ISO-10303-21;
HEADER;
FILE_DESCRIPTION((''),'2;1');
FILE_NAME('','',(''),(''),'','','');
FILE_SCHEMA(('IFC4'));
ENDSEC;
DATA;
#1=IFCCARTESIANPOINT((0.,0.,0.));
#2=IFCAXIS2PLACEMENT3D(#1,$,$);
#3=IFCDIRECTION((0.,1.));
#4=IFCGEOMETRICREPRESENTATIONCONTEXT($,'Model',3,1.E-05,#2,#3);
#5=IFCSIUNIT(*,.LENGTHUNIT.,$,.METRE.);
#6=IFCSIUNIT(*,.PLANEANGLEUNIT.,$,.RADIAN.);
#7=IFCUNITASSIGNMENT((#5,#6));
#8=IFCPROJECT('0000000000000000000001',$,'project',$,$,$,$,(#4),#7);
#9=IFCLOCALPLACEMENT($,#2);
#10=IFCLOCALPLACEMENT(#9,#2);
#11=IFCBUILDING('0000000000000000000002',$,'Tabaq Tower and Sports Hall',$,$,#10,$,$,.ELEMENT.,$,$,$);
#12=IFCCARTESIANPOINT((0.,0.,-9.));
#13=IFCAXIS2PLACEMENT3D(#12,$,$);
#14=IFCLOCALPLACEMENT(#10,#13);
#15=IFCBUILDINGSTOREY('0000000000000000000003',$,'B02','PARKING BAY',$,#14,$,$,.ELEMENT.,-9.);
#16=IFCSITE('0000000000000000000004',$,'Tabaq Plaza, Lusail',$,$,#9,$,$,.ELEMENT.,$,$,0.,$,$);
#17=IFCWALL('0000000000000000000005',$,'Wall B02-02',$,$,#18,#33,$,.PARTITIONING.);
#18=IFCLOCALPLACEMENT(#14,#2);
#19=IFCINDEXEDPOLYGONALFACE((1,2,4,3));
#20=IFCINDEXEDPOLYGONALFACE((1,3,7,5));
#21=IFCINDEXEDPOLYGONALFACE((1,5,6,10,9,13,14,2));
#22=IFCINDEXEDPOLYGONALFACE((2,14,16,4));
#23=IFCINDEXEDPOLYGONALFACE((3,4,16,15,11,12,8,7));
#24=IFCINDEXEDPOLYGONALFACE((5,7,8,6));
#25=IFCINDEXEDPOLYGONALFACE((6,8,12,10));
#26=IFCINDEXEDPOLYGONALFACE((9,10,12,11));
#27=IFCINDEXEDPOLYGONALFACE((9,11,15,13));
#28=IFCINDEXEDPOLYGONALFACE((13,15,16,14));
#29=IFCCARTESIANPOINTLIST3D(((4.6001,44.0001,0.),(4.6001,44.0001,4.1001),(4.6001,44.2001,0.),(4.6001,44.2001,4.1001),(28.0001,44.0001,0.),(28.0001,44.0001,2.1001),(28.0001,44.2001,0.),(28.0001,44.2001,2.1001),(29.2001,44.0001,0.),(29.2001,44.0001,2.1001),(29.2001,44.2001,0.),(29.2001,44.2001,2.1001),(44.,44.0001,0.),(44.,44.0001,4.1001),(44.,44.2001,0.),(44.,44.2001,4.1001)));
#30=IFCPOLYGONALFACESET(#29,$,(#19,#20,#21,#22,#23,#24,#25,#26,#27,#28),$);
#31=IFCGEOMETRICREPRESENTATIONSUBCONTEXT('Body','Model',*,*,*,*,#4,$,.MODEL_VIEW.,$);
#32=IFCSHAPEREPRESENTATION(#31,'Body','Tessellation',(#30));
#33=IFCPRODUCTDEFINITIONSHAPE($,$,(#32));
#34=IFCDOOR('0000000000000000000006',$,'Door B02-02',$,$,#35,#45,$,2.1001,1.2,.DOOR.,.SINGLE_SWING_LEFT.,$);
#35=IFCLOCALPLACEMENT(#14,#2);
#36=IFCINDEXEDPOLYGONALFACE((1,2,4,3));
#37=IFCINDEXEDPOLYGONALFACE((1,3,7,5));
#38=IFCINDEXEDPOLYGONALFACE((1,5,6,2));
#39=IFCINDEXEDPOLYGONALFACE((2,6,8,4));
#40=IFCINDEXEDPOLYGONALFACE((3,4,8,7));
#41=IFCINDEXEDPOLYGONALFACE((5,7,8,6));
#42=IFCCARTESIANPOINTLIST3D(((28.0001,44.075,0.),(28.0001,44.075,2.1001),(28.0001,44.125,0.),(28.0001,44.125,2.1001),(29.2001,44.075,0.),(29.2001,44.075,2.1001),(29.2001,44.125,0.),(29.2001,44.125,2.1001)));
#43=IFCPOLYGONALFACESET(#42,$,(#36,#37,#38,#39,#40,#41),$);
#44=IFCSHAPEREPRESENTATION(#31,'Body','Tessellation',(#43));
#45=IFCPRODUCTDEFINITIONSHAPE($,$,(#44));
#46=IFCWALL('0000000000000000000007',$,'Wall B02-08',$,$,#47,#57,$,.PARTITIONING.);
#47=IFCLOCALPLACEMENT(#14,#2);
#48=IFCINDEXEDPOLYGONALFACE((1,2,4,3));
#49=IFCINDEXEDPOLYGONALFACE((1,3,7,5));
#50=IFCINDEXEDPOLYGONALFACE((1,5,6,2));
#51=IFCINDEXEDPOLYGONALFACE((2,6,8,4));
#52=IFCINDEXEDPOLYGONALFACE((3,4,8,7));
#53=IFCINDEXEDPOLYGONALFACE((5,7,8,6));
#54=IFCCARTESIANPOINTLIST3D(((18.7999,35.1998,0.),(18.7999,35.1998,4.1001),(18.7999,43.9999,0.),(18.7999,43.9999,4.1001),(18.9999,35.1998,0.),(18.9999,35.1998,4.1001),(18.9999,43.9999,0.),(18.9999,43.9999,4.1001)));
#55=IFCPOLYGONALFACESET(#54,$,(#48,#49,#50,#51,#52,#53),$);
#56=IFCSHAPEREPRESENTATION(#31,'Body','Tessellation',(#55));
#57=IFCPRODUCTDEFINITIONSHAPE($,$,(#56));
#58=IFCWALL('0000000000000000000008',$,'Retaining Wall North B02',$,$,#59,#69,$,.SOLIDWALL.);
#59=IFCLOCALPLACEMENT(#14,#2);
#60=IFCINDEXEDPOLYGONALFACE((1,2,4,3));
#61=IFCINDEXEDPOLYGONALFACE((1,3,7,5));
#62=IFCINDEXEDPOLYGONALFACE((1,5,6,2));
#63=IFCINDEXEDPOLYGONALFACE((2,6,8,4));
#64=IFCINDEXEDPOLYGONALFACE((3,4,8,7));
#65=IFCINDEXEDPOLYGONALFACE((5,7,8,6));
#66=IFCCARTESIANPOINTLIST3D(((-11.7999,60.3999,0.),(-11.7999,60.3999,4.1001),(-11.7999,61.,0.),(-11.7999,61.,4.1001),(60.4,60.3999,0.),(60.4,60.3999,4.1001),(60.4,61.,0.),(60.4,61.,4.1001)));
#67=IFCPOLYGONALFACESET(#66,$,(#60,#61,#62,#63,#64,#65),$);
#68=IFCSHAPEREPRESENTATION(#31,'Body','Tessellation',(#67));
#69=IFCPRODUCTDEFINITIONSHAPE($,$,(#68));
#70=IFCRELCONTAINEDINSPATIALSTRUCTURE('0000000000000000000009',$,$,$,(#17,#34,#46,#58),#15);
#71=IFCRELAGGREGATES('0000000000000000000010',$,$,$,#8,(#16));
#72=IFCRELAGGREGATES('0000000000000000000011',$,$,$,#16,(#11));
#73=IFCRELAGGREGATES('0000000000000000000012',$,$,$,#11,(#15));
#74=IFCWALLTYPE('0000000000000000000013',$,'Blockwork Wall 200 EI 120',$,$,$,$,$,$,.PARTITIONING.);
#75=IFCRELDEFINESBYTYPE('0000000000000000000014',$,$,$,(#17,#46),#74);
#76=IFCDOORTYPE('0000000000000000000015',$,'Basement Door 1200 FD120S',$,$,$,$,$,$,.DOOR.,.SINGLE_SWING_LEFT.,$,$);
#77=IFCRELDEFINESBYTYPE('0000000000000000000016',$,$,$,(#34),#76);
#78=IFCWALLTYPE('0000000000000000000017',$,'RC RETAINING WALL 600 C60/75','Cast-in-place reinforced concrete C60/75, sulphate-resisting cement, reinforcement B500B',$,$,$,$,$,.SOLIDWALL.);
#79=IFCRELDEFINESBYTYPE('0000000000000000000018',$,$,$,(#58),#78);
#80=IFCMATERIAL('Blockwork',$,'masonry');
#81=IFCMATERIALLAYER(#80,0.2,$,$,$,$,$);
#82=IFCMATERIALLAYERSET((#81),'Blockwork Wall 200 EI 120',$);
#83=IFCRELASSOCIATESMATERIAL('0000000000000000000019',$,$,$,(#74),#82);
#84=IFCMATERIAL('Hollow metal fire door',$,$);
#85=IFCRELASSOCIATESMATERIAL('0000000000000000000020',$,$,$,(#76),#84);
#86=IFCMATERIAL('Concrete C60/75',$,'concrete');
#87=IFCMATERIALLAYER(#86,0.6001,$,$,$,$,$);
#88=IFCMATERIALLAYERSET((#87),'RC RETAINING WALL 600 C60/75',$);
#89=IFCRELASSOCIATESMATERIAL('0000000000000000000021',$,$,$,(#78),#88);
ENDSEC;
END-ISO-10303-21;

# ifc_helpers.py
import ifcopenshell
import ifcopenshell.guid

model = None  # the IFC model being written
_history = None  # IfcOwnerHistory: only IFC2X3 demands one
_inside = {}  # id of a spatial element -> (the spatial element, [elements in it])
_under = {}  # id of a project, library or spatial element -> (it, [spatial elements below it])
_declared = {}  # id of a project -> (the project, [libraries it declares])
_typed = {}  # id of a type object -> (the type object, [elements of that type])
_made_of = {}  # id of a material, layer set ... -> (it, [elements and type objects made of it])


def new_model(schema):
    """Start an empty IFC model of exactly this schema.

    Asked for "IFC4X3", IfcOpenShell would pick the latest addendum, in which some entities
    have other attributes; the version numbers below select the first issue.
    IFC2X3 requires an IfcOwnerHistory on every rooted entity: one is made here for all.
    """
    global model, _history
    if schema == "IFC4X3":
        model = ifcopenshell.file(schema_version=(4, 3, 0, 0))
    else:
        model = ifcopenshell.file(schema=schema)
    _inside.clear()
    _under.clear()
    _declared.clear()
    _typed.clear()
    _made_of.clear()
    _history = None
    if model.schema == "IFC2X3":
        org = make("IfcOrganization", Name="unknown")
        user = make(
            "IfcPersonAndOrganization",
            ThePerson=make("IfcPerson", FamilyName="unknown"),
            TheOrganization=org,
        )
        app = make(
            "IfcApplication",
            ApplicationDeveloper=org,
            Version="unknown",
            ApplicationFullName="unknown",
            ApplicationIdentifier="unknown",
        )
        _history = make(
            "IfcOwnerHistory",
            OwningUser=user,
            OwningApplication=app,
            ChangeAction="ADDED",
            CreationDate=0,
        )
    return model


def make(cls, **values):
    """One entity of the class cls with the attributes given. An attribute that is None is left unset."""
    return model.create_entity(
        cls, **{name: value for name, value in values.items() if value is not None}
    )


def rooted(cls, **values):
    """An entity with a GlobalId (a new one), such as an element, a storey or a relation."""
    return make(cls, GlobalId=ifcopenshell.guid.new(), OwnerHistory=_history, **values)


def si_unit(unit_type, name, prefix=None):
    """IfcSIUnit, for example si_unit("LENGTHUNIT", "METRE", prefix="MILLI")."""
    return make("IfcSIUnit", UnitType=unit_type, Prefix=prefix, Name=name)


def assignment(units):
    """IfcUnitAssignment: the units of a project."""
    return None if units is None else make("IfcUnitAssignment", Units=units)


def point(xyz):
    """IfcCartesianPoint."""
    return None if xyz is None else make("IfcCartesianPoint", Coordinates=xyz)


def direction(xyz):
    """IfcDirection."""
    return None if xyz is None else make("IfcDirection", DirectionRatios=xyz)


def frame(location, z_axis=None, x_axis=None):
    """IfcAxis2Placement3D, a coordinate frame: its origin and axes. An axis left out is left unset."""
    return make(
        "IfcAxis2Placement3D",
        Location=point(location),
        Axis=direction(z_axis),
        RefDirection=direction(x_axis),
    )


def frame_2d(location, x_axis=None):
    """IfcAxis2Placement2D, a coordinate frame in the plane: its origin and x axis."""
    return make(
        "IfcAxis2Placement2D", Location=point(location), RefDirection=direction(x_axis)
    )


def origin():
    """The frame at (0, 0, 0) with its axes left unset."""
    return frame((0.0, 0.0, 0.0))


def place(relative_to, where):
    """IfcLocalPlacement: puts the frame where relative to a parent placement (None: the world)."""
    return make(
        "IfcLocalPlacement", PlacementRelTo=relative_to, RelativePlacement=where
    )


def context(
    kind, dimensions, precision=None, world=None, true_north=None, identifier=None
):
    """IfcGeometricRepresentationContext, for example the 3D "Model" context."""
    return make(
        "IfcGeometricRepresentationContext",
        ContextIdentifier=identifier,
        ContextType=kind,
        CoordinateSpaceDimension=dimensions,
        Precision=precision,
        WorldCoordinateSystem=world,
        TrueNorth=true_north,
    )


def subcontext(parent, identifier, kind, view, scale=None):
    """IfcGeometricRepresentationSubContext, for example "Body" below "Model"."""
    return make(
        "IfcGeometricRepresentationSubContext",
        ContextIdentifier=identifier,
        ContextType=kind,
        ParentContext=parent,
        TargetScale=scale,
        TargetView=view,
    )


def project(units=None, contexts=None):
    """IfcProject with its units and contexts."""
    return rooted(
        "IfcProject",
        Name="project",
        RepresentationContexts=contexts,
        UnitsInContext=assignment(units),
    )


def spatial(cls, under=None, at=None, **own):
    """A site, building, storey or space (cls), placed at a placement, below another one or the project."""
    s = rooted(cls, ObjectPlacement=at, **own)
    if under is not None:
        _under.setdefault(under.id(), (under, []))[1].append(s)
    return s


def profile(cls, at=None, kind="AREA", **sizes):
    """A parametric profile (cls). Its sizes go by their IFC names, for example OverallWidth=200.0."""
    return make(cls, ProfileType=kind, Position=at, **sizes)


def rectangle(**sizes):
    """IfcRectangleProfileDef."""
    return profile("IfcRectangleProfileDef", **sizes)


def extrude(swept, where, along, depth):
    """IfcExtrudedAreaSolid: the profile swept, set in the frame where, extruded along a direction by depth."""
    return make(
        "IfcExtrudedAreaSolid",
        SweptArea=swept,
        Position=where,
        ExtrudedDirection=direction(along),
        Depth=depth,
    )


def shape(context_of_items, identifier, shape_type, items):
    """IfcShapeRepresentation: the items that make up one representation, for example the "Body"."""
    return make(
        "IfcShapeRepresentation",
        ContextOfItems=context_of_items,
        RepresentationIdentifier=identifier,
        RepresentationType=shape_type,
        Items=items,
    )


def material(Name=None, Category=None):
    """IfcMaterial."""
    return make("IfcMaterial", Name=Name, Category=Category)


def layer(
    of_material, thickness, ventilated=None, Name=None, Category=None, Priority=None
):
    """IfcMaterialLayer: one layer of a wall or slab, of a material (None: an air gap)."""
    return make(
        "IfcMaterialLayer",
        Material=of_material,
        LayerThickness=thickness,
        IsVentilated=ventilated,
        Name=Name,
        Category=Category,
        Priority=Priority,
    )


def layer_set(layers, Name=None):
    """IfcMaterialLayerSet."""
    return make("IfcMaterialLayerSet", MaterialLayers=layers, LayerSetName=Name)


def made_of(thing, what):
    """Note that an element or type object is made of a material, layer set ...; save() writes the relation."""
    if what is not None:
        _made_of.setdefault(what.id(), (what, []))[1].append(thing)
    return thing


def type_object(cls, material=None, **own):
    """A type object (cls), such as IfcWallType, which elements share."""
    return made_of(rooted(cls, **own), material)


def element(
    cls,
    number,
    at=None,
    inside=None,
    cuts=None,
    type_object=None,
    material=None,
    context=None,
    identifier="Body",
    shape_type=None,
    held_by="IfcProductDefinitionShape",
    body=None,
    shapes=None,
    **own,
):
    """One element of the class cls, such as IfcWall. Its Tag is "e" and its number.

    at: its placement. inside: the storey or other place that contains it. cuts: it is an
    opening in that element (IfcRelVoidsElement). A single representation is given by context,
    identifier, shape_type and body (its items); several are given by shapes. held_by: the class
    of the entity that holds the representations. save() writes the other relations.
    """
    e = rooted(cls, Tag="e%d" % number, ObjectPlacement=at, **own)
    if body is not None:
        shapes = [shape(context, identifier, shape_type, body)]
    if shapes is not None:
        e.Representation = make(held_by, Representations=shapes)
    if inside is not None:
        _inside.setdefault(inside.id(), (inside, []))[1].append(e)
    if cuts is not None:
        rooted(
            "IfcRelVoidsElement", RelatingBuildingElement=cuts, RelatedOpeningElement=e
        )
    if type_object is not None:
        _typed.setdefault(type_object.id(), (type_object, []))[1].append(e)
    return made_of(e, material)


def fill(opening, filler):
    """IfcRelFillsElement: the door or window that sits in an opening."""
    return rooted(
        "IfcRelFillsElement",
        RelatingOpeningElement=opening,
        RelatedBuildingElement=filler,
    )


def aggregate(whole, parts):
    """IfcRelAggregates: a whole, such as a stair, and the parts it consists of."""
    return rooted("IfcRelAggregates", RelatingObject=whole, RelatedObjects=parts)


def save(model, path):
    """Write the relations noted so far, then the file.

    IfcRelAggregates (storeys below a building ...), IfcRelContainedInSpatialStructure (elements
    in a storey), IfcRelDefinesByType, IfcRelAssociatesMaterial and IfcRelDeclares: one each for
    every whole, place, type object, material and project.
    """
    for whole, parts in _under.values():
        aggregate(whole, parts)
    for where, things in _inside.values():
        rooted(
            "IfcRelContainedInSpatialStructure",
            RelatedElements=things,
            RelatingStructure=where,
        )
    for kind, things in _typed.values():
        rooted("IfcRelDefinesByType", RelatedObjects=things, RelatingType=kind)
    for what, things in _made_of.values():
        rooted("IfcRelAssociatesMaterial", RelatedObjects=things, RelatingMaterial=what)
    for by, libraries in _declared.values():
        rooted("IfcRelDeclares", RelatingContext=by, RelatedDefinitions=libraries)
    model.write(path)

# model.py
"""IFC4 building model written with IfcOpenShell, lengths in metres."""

from ifc_helpers import new_model, si_unit, direction, frame, frame_2d, origin, place, context, subcontext, project, spatial, rectangle, extrude, material, layer, layer_set, type_object, element, fill, save


model = new_model("IFC4")

# Units and contexts
model_context = context("Model", 3, precision=1e-05, world=origin(), true_north=direction((0.0, 1.0)))
body_context = subcontext(model_context, "Body", "Model", "MODEL_VIEW")
ifc_project = project(units=[si_unit("LENGTHUNIT", "METRE"), si_unit("PLANEANGLEUNIT", "RADIAN")], contexts=[model_context])

# Site, building, storey
site_placement = place(None, origin())
site = spatial("IfcSite", under=ifc_project, at=site_placement, Name="Tabaq Plaza, Lusail", CompositionType="ELEMENT", RefElevation=0.0)
building_placement = place(site_placement, origin())
building = spatial("IfcBuilding", under=site, at=building_placement, Name="Tabaq Tower and Sports Hall", CompositionType="ELEMENT")
storey_placement = place(building_placement, frame((0.0, 0.0, -9.0)))
storey = spatial("IfcBuildingStorey", under=building, at=storey_placement, Name="B02", Description="PARKING BAY", CompositionType="ELEMENT", Elevation=-9.0)

# Wall, opening, door
ifc_material_1 = material(Name="Blockwork", Category="masonry")
ifc_layer_1 = layer(ifc_material_1, 0.2)
ifc_layer_set_1 = layer_set([ifc_layer_1], Name="Blockwork Wall 200 EI 120")
wall_type_1 = type_object("IfcWallType", Name="Blockwork Wall 200 EI 120", PredefinedType="PARTITIONING", material=ifc_layer_set_1)
wall_1_placement = place(storey_placement, frame((4.6001, 44.1001, 0.0), z_axis=(0.0, 0.0, 1.0), x_axis=(1.0, 0.0, 0.0)))
wall_1 = element("IfcWall", 1, at=wall_1_placement, inside=storey, type_object=wall_type_1, Name="Wall B02-02", PredefinedType="PARTITIONING", context=body_context, shape_type="SweptSolid", body=[
    extrude(rectangle(XDim=39.3999, YDim=0.2, at=frame_2d((19.7, 0.0))), origin(), (0.0, 0.0, 1.0), 4.1001),
])
opening_placement = place(wall_1_placement, frame((23.3999, 0.0, 0.0)))
opening = element("IfcOpeningElement", 2, at=opening_placement, cuts=wall_1, PredefinedType="OPENING", context=body_context, shape_type="SweptSolid", body=[
    extrude(rectangle(XDim=1.2, YDim=2.1001, at=frame_2d((0.6001, 1.05))), frame((0.0, 0.1099, 0.0), z_axis=(0.0, -1.0, 0.0), x_axis=(1.0, 0.0, 0.0)), (0.0, 0.0, 1.0), 0.22),
])
ifc_material_2 = material(Name="Hollow metal fire door")
door_type = type_object("IfcDoorType", Name="Basement Door 1200 FD120S", OperationType="SINGLE_SWING_LEFT", PredefinedType="DOOR", material=ifc_material_2)
door_placement = place(opening_placement, origin())
door = element("IfcDoor", 3, at=door_placement, inside=storey, type_object=door_type, Name="Door B02-02", OperationType="SINGLE_SWING_LEFT", OverallHeight=2.1001, OverallWidth=1.2, PredefinedType="DOOR", context=body_context, shape_type="SweptSolid", body=[
    extrude(rectangle(XDim=1.2, YDim=2.1001, at=frame_2d((0.6001, 1.05))), frame((0.0, 0.0249, 0.0), z_axis=(0.0, -1.0, 0.0), x_axis=(1.0, 0.0, 0.0)), (0.0, 0.0, 1.0), 0.05),
])
fill(opening, door)

# Walls
wall_2_placement = place(storey_placement, frame((18.8999, 35.2, 0.0), z_axis=(0.0, 0.0, 1.0), x_axis=(0.0, 1.0, 0.0)))
element("IfcWall", 4, at=wall_2_placement, inside=storey, type_object=wall_type_1, Name="Wall B02-08", PredefinedType="PARTITIONING", context=body_context, shape_type="SweptSolid", body=[
    extrude(rectangle(XDim=8.8, YDim=0.2, at=frame_2d((4.3999, 0.0))), origin(), (0.0, 0.0, 1.0), 4.1001),
])
ifc_material_3 = material(Name="Concrete C60/75", Category="concrete")
ifc_layer_2 = layer(ifc_material_3, 0.6001)
ifc_layer_set_2 = layer_set([ifc_layer_2], Name="RC RETAINING WALL 600 C60/75")
wall_type_2 = type_object("IfcWallType", Name="RC RETAINING WALL 600 C60/75", Description="Cast-in-place reinforced concrete C60/75, sulphate-resisting cement, reinforcement B500B", PredefinedType="SOLIDWALL", material=ifc_layer_set_2)
wall_3_placement = place(storey_placement, frame((-11.8, 60.7, 0.0), z_axis=(0.0, 0.0, 1.0), x_axis=(1.0, 0.0, 0.0)))
element("IfcWall", 5, at=wall_3_placement, inside=storey, type_object=wall_type_2, Name="Retaining Wall North B02", PredefinedType="SOLIDWALL", context=body_context, shape_type="SweptSolid", body=[
    extrude(rectangle(XDim=72.2, YDim=0.6001, at=frame_2d((36.1001, 0.0))), origin(), (0.0, 0.0, 1.0), 4.1001),
])

save(model, "model.ifc")
